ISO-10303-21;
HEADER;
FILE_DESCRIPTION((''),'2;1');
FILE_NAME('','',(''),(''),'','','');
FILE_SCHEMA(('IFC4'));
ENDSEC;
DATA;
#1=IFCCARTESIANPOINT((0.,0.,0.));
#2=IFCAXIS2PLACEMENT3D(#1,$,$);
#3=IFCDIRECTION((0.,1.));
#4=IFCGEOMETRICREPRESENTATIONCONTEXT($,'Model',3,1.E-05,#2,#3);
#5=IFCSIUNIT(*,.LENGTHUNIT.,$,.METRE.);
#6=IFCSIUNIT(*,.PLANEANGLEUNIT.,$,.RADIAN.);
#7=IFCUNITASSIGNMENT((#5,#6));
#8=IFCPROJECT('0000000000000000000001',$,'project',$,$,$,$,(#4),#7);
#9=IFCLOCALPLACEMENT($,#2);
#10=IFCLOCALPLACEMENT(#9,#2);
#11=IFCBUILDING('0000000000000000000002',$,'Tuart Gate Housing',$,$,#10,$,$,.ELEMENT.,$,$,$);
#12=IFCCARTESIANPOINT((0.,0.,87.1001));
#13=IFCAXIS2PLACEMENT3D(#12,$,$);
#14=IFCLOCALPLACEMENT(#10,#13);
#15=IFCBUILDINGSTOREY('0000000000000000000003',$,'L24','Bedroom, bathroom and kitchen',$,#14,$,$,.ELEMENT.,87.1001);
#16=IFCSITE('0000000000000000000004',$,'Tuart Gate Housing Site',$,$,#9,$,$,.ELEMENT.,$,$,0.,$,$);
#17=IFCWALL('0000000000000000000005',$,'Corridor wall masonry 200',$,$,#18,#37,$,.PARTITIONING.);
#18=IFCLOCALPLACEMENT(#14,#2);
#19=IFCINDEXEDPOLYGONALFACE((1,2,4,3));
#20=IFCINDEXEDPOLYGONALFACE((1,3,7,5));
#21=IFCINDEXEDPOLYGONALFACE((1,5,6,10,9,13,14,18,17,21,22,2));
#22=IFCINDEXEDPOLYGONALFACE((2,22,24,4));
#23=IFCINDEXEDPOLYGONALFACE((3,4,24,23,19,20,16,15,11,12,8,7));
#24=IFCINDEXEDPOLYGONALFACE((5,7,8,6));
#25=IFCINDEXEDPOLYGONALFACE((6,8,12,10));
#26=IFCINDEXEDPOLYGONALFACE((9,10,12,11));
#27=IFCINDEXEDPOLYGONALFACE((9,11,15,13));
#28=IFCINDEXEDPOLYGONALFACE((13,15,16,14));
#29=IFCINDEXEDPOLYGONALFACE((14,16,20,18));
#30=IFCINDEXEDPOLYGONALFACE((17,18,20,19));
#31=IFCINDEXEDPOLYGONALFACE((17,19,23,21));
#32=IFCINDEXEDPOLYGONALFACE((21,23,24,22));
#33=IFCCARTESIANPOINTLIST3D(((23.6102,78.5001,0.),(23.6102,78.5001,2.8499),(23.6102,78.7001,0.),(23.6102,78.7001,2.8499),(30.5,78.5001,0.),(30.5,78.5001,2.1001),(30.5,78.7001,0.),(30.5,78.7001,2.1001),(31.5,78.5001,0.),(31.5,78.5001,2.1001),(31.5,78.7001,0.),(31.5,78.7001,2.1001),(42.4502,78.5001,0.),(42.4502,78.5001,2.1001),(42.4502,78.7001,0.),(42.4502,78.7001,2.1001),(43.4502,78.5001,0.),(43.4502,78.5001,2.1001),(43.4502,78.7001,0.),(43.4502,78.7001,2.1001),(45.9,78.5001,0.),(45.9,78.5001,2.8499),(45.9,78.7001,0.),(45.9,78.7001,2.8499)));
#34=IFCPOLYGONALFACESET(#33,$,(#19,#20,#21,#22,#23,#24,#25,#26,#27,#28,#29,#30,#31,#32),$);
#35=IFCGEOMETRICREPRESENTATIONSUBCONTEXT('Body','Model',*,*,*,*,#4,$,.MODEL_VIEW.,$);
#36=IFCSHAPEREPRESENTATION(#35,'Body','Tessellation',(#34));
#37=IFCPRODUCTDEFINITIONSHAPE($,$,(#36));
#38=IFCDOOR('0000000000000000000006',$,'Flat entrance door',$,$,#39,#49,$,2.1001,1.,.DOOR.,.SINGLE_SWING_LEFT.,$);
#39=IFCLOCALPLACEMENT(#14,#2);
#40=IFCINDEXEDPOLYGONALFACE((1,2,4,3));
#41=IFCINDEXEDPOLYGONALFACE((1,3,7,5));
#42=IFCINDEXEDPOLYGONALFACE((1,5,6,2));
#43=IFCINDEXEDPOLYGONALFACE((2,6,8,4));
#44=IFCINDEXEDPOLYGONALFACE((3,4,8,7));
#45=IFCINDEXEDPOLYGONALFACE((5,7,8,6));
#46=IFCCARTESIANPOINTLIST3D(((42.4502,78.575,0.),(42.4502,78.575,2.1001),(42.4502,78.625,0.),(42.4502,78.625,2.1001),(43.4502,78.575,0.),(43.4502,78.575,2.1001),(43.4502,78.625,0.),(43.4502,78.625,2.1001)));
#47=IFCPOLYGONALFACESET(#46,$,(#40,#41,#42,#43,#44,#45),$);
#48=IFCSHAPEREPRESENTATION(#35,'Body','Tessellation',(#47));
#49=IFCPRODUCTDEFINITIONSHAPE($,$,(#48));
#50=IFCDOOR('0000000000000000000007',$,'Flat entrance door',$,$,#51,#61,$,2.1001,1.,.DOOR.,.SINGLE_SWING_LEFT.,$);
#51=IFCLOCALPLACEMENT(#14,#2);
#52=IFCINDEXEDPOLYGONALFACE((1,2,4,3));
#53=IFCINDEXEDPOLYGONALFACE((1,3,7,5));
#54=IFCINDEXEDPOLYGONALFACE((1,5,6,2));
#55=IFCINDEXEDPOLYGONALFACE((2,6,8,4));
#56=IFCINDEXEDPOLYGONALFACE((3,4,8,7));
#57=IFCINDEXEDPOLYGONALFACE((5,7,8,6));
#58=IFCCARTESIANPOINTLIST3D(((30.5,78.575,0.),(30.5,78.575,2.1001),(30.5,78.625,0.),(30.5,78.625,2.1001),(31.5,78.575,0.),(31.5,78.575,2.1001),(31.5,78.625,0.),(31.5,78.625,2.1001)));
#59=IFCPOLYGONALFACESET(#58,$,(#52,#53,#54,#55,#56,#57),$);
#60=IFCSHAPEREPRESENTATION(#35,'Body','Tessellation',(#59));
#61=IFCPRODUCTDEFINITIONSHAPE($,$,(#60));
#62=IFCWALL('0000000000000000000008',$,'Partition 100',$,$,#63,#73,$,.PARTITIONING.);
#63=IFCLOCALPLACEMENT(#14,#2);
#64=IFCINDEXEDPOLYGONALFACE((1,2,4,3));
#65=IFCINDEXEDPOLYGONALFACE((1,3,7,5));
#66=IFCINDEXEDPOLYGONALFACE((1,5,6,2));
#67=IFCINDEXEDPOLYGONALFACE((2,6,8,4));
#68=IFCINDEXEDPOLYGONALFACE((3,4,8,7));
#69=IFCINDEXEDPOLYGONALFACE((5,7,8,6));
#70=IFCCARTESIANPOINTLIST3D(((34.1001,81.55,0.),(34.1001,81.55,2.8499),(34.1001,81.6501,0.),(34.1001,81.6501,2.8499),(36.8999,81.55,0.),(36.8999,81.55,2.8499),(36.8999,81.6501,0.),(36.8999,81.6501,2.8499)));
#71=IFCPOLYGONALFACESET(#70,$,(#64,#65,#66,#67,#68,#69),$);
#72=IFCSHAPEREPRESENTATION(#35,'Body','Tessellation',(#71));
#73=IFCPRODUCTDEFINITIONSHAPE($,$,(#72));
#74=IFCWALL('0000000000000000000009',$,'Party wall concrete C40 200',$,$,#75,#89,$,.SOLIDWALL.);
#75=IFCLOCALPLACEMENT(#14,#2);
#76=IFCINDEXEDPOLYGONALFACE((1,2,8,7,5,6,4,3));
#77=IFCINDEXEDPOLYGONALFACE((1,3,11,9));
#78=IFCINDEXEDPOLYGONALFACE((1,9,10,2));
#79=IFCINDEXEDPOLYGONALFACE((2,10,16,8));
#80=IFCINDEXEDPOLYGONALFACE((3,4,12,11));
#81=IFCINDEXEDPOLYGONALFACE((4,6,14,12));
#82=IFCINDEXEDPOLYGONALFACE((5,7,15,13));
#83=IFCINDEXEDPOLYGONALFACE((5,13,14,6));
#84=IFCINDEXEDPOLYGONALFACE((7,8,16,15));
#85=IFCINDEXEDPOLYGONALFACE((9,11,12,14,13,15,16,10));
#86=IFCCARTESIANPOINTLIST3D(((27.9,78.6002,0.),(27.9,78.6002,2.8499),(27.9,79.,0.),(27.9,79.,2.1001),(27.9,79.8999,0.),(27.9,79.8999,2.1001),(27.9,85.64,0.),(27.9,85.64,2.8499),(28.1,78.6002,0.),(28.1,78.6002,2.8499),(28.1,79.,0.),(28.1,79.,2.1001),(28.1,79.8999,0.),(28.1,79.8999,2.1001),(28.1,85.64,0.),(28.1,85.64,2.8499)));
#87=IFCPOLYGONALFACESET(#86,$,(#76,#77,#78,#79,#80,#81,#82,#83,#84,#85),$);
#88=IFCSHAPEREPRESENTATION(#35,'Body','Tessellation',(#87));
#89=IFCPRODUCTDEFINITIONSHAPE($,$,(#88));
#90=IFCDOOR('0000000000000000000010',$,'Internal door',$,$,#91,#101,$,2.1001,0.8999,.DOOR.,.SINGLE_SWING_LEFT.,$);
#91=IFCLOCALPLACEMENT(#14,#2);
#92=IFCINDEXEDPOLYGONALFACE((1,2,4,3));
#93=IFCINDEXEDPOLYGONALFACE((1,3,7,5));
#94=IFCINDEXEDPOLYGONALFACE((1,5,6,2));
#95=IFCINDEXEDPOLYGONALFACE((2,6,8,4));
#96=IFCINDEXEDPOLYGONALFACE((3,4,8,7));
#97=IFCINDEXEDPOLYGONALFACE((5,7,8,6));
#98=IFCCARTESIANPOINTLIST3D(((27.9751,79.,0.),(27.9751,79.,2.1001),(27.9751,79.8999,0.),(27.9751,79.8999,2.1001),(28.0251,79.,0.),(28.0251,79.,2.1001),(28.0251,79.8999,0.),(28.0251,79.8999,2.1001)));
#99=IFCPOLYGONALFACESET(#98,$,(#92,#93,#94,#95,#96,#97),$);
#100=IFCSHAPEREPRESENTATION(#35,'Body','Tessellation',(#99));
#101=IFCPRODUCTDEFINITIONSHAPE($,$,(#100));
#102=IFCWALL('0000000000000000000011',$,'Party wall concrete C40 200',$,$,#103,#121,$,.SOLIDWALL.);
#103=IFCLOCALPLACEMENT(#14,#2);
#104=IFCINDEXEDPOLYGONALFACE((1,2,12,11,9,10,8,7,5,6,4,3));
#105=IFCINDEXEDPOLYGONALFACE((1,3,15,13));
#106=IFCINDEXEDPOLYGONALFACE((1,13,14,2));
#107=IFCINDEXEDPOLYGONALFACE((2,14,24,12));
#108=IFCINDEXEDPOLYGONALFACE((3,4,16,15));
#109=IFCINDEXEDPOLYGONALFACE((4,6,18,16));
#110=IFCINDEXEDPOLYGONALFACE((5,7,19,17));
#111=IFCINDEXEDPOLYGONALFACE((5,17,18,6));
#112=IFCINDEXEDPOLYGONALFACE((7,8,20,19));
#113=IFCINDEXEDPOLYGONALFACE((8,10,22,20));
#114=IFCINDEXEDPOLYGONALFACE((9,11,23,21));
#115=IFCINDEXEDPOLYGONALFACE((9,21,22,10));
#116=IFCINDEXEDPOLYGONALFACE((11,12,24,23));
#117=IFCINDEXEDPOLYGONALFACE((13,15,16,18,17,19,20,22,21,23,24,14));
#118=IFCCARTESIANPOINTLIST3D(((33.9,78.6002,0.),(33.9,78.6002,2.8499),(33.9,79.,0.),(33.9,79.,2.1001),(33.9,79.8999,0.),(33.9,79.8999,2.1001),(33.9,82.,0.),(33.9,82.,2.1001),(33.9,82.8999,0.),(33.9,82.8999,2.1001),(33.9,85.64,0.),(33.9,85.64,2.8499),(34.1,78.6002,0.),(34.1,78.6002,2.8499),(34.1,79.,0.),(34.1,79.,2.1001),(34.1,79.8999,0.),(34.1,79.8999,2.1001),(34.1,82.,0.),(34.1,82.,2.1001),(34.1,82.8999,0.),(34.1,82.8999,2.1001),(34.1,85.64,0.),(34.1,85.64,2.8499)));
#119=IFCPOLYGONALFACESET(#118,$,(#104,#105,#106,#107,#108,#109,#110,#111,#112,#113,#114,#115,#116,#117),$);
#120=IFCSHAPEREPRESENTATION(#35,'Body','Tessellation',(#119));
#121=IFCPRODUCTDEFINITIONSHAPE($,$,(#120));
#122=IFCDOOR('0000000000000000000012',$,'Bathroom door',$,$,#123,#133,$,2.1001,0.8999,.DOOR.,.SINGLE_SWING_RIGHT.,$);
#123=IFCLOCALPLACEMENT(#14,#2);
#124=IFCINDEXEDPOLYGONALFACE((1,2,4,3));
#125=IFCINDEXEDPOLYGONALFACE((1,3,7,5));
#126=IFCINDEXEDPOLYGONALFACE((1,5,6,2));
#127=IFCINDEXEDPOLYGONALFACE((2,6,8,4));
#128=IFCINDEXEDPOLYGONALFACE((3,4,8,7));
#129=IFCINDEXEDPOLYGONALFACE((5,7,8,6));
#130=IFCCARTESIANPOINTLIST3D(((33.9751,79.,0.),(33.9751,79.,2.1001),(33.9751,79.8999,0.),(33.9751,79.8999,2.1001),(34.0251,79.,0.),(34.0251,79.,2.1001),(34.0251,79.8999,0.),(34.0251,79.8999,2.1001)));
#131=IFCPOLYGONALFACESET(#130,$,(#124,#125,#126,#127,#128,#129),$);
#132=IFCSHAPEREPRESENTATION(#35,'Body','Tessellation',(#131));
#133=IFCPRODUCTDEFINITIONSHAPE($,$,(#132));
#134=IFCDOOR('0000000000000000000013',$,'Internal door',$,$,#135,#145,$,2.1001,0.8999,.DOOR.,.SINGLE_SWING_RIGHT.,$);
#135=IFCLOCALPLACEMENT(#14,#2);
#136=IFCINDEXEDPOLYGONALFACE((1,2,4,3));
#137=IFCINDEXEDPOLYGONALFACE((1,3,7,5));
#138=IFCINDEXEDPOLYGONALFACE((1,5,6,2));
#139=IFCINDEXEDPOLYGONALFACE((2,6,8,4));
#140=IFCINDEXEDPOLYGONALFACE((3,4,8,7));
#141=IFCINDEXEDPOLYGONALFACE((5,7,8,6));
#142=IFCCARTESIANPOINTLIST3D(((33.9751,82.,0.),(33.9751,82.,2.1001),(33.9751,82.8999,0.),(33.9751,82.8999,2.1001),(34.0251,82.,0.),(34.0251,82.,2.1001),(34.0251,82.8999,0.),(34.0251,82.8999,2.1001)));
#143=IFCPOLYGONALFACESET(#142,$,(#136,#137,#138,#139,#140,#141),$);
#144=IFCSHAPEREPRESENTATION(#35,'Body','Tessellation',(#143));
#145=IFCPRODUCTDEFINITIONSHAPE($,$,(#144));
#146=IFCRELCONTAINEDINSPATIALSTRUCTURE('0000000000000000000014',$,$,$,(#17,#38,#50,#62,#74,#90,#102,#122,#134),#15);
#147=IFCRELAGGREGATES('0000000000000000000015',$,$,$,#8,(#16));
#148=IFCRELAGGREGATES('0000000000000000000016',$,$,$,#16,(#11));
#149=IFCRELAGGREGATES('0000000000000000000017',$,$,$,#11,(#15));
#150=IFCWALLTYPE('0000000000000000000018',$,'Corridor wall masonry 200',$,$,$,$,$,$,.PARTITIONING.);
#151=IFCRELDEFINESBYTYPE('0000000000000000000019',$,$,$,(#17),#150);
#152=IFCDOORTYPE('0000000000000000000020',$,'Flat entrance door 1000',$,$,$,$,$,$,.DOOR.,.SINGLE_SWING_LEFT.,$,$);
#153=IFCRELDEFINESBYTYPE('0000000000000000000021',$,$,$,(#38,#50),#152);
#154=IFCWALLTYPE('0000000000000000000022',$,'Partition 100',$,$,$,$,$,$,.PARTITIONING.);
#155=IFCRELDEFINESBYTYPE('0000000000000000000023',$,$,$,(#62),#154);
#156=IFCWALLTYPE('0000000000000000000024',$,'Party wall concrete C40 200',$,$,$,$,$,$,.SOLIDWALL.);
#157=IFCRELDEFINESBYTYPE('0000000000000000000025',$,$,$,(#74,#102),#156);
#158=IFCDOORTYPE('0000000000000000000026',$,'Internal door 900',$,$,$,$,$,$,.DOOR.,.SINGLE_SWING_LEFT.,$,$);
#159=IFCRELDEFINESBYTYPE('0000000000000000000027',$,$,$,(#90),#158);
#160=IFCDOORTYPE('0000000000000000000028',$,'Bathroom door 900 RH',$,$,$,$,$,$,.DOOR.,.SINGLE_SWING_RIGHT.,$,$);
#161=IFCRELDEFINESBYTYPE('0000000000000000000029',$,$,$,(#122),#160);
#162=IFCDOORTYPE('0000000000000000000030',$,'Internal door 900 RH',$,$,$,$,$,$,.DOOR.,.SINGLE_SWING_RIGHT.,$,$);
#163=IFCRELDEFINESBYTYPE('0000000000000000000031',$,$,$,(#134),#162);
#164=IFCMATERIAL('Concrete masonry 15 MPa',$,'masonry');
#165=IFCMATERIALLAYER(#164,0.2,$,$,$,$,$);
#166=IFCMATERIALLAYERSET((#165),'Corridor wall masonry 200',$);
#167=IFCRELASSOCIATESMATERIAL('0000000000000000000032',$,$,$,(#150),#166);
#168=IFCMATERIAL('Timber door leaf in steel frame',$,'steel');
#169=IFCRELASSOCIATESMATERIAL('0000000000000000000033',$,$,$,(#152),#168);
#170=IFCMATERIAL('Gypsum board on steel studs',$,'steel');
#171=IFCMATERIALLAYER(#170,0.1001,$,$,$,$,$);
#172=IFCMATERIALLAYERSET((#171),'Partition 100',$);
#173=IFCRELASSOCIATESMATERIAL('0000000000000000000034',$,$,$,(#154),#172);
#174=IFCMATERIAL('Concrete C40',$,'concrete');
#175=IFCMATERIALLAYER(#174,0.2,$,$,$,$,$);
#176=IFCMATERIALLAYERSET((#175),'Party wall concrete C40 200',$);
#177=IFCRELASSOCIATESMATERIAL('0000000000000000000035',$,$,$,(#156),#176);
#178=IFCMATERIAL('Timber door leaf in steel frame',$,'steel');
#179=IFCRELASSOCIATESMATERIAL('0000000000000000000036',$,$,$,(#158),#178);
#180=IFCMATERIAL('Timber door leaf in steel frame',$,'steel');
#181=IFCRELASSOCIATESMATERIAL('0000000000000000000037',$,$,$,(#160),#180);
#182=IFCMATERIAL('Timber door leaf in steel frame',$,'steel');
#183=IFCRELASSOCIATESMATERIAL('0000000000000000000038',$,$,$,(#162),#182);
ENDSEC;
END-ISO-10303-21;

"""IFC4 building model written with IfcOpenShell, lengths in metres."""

from ifc_helpers import new_model, si_unit, direction, frame, frame_2d, origin, place, context, subcontext, project, spatial, rectangle, extrude, material, layer, layer_set, type_object, element, fill, save


model = new_model("IFC4")

# Units and contexts
model_context = context("Model", 3, precision=1e-05, world=origin(), true_north=direction((0.0, 1.0)))
body_context = subcontext(model_context, "Body", "Model", "MODEL_VIEW")
ifc_project = project(units=[si_unit("LENGTHUNIT", "METRE"), si_unit("PLANEANGLEUNIT", "RADIAN")], contexts=[model_context])

# Site, building, storey
site_placement = place(None, origin())
site = spatial("IfcSite", under=ifc_project, at=site_placement, Name="Tuart Gate Housing Site", CompositionType="ELEMENT", RefElevation=0.0)
building_placement = place(site_placement, origin())
building = spatial("IfcBuilding", under=site, at=building_placement, Name="Tuart Gate Housing", CompositionType="ELEMENT")
storey_placement = place(building_placement, frame((0.0, 0.0, 87.1001)))
storey = spatial("IfcBuildingStorey", under=building, at=storey_placement, Name="L24", Description="Bedroom, bathroom and kitchen", CompositionType="ELEMENT", Elevation=87.1001)

# Wall, openings, doors
ifc_material_1 = material(Name="Concrete masonry 15 MPa", Category="masonry")
ifc_layer_1 = layer(ifc_material_1, 0.2)
ifc_layer_set_1 = layer_set([ifc_layer_1], Name="Corridor wall masonry 200")
wall_type_1 = type_object("IfcWallType", Name="Corridor wall masonry 200", PredefinedType="PARTITIONING", material=ifc_layer_set_1)
wall_1_placement = place(storey_placement, frame((23.6101, 78.6001, 0.0), z_axis=(0.0, 0.0, 1.0), x_axis=(1.0, 0.0, 0.0)))
wall_1 = element("IfcWall", 1, at=wall_1_placement, inside=storey, type_object=wall_type_1, Name="Corridor wall masonry 200", PredefinedType="PARTITIONING", context=body_context, shape_type="SweptSolid", body=[
    extrude(rectangle(XDim=22.2898, YDim=0.2, at=frame_2d((11.145, 0.0))), origin(), (0.0, 0.0, 1.0), 2.8499),
])
opening_1_placement = place(wall_1_placement, frame((18.8401, 0.0, 0.0)))
opening_1 = element("IfcOpeningElement", 2, at=opening_1_placement, cuts=wall_1, PredefinedType="OPENING", context=body_context, shape_type="SweptSolid", body=[
    extrude(rectangle(XDim=1.0, YDim=2.1001, at=frame_2d((0.5, 1.05))), frame((0.0, 0.1099, 0.0), z_axis=(0.0, -1.0, 0.0), x_axis=(1.0, 0.0, 0.0)), (0.0, 0.0, 1.0), 0.22),
])
opening_2_placement = place(wall_1_placement, frame((6.8899, 0.0, 0.0)))
opening_2 = element("IfcOpeningElement", 3, at=opening_2_placement, cuts=wall_1, PredefinedType="OPENING", context=body_context, shape_type="SweptSolid", body=[
    extrude(rectangle(XDim=1.0, YDim=2.1001, at=frame_2d((0.5, 1.05))), frame((0.0, 0.1099, 0.0), z_axis=(0.0, -1.0, 0.0), x_axis=(1.0, 0.0, 0.0)), (0.0, 0.0, 1.0), 0.22),
])
ifc_material_2 = material(Name="Timber door leaf in steel frame", Category="steel")
door_type_1 = type_object("IfcDoorType", Name="Flat entrance door 1000", OperationType="SINGLE_SWING_LEFT", PredefinedType="DOOR", material=ifc_material_2)
door_1_placement = place(opening_1_placement, origin())
door_1 = element("IfcDoor", 4, at=door_1_placement, inside=storey, type_object=door_type_1, Name="Flat entrance door", OperationType="SINGLE_SWING_LEFT", OverallHeight=2.1001, OverallWidth=1.0, PredefinedType="DOOR", context=body_context, shape_type="SweptSolid", body=[
    extrude(rectangle(XDim=1.0, YDim=2.1001, at=frame_2d((0.5, 1.05))), frame((0.0, 0.0249, 0.0), z_axis=(0.0, -1.0, 0.0), x_axis=(1.0, 0.0, 0.0)), (0.0, 0.0, 1.0), 0.05),
])
fill(opening_1, door_1)
door_2_placement = place(opening_2_placement, origin())
door_2 = element("IfcDoor", 5, at=door_2_placement, inside=storey, type_object=door_type_1, Name="Flat entrance door", OperationType="SINGLE_SWING_LEFT", OverallHeight=2.1001, OverallWidth=1.0, PredefinedType="DOOR", context=body_context, shape_type="SweptSolid", body=[
    extrude(rectangle(XDim=1.0, YDim=2.1001, at=frame_2d((0.5, 1.05))), frame((0.0, 0.0249, 0.0), z_axis=(0.0, -1.0, 0.0), x_axis=(1.0, 0.0, 0.0)), (0.0, 0.0, 1.0), 0.05),
])
fill(opening_2, door_2)

# Wall
ifc_material_3 = material(Name="Gypsum board on steel studs", Category="steel")
ifc_layer_2 = layer(ifc_material_3, 0.1001)
ifc_layer_set_2 = layer_set([ifc_layer_2], Name="Partition 100")
wall_type_2 = type_object("IfcWallType", Name="Partition 100", PredefinedType="PARTITIONING", material=ifc_layer_set_2)
wall_2_placement = place(storey_placement, frame((34.1001, 81.6001, 0.0), z_axis=(0.0, 0.0, 1.0), x_axis=(1.0, 0.0, 0.0)))
element("IfcWall", 6, at=wall_2_placement, inside=storey, type_object=wall_type_2, Name="Partition 100", PredefinedType="PARTITIONING", context=body_context, shape_type="SweptSolid", body=[
    extrude(rectangle(XDim=2.7998, YDim=0.1001, at=frame_2d((1.3999, 0.0))), origin(), (0.0, 0.0, 1.0), 2.8499),
])

# Wall, opening, door
ifc_material_4 = material(Name="Concrete C40", Category="concrete")
ifc_layer_3 = layer(ifc_material_4, 0.2)
ifc_layer_set_3 = layer_set([ifc_layer_3], Name="Party wall concrete C40 200")
wall_type_3 = type_object("IfcWallType", Name="Party wall concrete C40 200", PredefinedType="SOLIDWALL", material=ifc_layer_set_3)
wall_3_placement = place(storey_placement, frame((28.0, 78.6001, 0.0), z_axis=(0.0, 0.0, 1.0), x_axis=(0.0, 1.0, 0.0)))
wall_3 = element("IfcWall", 7, at=wall_3_placement, inside=storey, type_object=wall_type_3, Name="Party wall concrete C40 200", PredefinedType="SOLIDWALL", context=body_context, shape_type="SweptSolid", body=[
    extrude(rectangle(XDim=7.0398, YDim=0.2, at=frame_2d((3.52, 0.0))), origin(), (0.0, 0.0, 1.0), 2.8499),
])
opening_3_placement = place(wall_3_placement, frame((0.3999, 0.0, 0.0)))
opening_3 = element("IfcOpeningElement", 8, at=opening_3_placement, cuts=wall_3, PredefinedType="OPENING", context=body_context, shape_type="SweptSolid", body=[
    extrude(rectangle(XDim=0.8999, YDim=2.1001, at=frame_2d((0.45, 1.05))), frame((0.0, 0.1099, 0.0), z_axis=(0.0, -1.0, 0.0), x_axis=(1.0, 0.0, 0.0)), (0.0, 0.0, 1.0), 0.22),
])
ifc_material_5 = material(Name="Timber door leaf in steel frame", Category="steel")
door_type_2 = type_object("IfcDoorType", Name="Internal door 900", OperationType="SINGLE_SWING_LEFT", PredefinedType="DOOR", material=ifc_material_5)
door_3_placement = place(opening_3_placement, origin())
door_3 = element("IfcDoor", 9, at=door_3_placement, inside=storey, type_object=door_type_2, Name="Internal door", OperationType="SINGLE_SWING_LEFT", OverallHeight=2.1001, OverallWidth=0.8999, PredefinedType="DOOR", context=body_context, shape_type="SweptSolid", body=[
    extrude(rectangle(XDim=0.8999, YDim=2.1001, at=frame_2d((0.45, 1.05))), frame((0.0, 0.0249, 0.0), z_axis=(0.0, -1.0, 0.0), x_axis=(1.0, 0.0, 0.0)), (0.0, 0.0, 1.0), 0.05),
])
fill(opening_3, door_3)

# Wall, openings, doors
wall_4_placement = place(storey_placement, frame((34.0, 78.6001, 0.0), z_axis=(0.0, 0.0, 1.0), x_axis=(0.0, 1.0, 0.0)))
wall_4 = element("IfcWall", 10, at=wall_4_placement, inside=storey, type_object=wall_type_3, Name="Party wall concrete C40 200", PredefinedType="SOLIDWALL", context=body_context, shape_type="SweptSolid", body=[
    extrude(rectangle(XDim=7.0398, YDim=0.2, at=frame_2d((3.52, 0.0))), origin(), (0.0, 0.0, 1.0), 2.8499),
])
opening_4_placement = place(wall_4_placement, frame((3.3999, 0.0, 0.0)))
opening_4 = element("IfcOpeningElement", 11, at=opening_4_placement, cuts=wall_4, PredefinedType="OPENING", context=body_context, shape_type="SweptSolid", body=[
    extrude(rectangle(XDim=0.8999, YDim=2.1001, at=frame_2d((0.45, 1.05))), frame((0.0, 0.1099, 0.0), z_axis=(0.0, -1.0, 0.0), x_axis=(1.0, 0.0, 0.0)), (0.0, 0.0, 1.0), 0.22),
])
opening_5_placement = place(wall_4_placement, frame((0.3999, 0.0, 0.0)))
opening_5 = element("IfcOpeningElement", 12, at=opening_5_placement, cuts=wall_4, PredefinedType="OPENING", context=body_context, shape_type="SweptSolid", body=[
    extrude(rectangle(XDim=0.8999, YDim=2.1001, at=frame_2d((0.45, 1.05))), frame((0.0, 0.1099, 0.0), z_axis=(0.0, -1.0, 0.0), x_axis=(1.0, 0.0, 0.0)), (0.0, 0.0, 1.0), 0.22),
])
ifc_material_6 = material(Name="Timber door leaf in steel frame", Category="steel")
door_type_3 = type_object("IfcDoorType", Name="Bathroom door 900 RH", OperationType="SINGLE_SWING_RIGHT", PredefinedType="DOOR", material=ifc_material_6)
door_4_placement = place(opening_5_placement, frame((0.8999, 0.0, 0.0), z_axis=(0.0, 0.0, 1.0), x_axis=(-1.0, 0.0, 0.0)))
door_4 = element("IfcDoor", 13, at=door_4_placement, inside=storey, type_object=door_type_3, Name="Bathroom door", OperationType="SINGLE_SWING_RIGHT", OverallHeight=2.1001, OverallWidth=0.8999, PredefinedType="DOOR", context=body_context, shape_type="SweptSolid", body=[
    extrude(rectangle(XDim=0.8999, YDim=2.1001, at=frame_2d((0.45, 1.05))), frame((0.0, 0.0251, 0.0), z_axis=(0.0, -1.0, 0.0), x_axis=(1.0, 0.0, 0.0)), (0.0, 0.0, 1.0), 0.05),
])
fill(opening_5, door_4)
ifc_material_7 = material(Name="Timber door leaf in steel frame", Category="steel")
door_type_4 = type_object("IfcDoorType", Name="Internal door 900 RH", OperationType="SINGLE_SWING_RIGHT", PredefinedType="DOOR", material=ifc_material_7)
door_5_placement = place(opening_4_placement, frame((0.8999, 0.0, 0.0), z_axis=(0.0, 0.0, 1.0), x_axis=(-1.0, 0.0, 0.0)))
door_5 = element("IfcDoor", 14, at=door_5_placement, inside=storey, type_object=door_type_4, Name="Internal door", OperationType="SINGLE_SWING_RIGHT", OverallHeight=2.1001, OverallWidth=0.8999, PredefinedType="DOOR", context=body_context, shape_type="SweptSolid", body=[
    extrude(rectangle(XDim=0.8999, YDim=2.1001, at=frame_2d((0.45, 1.05))), frame((0.0, 0.0251, 0.0), z_axis=(0.0, -1.0, 0.0), x_axis=(1.0, 0.0, 0.0)), (0.0, 0.0, 1.0), 0.05),
])
fill(opening_4, door_5)

save(model, "model.ifc")
